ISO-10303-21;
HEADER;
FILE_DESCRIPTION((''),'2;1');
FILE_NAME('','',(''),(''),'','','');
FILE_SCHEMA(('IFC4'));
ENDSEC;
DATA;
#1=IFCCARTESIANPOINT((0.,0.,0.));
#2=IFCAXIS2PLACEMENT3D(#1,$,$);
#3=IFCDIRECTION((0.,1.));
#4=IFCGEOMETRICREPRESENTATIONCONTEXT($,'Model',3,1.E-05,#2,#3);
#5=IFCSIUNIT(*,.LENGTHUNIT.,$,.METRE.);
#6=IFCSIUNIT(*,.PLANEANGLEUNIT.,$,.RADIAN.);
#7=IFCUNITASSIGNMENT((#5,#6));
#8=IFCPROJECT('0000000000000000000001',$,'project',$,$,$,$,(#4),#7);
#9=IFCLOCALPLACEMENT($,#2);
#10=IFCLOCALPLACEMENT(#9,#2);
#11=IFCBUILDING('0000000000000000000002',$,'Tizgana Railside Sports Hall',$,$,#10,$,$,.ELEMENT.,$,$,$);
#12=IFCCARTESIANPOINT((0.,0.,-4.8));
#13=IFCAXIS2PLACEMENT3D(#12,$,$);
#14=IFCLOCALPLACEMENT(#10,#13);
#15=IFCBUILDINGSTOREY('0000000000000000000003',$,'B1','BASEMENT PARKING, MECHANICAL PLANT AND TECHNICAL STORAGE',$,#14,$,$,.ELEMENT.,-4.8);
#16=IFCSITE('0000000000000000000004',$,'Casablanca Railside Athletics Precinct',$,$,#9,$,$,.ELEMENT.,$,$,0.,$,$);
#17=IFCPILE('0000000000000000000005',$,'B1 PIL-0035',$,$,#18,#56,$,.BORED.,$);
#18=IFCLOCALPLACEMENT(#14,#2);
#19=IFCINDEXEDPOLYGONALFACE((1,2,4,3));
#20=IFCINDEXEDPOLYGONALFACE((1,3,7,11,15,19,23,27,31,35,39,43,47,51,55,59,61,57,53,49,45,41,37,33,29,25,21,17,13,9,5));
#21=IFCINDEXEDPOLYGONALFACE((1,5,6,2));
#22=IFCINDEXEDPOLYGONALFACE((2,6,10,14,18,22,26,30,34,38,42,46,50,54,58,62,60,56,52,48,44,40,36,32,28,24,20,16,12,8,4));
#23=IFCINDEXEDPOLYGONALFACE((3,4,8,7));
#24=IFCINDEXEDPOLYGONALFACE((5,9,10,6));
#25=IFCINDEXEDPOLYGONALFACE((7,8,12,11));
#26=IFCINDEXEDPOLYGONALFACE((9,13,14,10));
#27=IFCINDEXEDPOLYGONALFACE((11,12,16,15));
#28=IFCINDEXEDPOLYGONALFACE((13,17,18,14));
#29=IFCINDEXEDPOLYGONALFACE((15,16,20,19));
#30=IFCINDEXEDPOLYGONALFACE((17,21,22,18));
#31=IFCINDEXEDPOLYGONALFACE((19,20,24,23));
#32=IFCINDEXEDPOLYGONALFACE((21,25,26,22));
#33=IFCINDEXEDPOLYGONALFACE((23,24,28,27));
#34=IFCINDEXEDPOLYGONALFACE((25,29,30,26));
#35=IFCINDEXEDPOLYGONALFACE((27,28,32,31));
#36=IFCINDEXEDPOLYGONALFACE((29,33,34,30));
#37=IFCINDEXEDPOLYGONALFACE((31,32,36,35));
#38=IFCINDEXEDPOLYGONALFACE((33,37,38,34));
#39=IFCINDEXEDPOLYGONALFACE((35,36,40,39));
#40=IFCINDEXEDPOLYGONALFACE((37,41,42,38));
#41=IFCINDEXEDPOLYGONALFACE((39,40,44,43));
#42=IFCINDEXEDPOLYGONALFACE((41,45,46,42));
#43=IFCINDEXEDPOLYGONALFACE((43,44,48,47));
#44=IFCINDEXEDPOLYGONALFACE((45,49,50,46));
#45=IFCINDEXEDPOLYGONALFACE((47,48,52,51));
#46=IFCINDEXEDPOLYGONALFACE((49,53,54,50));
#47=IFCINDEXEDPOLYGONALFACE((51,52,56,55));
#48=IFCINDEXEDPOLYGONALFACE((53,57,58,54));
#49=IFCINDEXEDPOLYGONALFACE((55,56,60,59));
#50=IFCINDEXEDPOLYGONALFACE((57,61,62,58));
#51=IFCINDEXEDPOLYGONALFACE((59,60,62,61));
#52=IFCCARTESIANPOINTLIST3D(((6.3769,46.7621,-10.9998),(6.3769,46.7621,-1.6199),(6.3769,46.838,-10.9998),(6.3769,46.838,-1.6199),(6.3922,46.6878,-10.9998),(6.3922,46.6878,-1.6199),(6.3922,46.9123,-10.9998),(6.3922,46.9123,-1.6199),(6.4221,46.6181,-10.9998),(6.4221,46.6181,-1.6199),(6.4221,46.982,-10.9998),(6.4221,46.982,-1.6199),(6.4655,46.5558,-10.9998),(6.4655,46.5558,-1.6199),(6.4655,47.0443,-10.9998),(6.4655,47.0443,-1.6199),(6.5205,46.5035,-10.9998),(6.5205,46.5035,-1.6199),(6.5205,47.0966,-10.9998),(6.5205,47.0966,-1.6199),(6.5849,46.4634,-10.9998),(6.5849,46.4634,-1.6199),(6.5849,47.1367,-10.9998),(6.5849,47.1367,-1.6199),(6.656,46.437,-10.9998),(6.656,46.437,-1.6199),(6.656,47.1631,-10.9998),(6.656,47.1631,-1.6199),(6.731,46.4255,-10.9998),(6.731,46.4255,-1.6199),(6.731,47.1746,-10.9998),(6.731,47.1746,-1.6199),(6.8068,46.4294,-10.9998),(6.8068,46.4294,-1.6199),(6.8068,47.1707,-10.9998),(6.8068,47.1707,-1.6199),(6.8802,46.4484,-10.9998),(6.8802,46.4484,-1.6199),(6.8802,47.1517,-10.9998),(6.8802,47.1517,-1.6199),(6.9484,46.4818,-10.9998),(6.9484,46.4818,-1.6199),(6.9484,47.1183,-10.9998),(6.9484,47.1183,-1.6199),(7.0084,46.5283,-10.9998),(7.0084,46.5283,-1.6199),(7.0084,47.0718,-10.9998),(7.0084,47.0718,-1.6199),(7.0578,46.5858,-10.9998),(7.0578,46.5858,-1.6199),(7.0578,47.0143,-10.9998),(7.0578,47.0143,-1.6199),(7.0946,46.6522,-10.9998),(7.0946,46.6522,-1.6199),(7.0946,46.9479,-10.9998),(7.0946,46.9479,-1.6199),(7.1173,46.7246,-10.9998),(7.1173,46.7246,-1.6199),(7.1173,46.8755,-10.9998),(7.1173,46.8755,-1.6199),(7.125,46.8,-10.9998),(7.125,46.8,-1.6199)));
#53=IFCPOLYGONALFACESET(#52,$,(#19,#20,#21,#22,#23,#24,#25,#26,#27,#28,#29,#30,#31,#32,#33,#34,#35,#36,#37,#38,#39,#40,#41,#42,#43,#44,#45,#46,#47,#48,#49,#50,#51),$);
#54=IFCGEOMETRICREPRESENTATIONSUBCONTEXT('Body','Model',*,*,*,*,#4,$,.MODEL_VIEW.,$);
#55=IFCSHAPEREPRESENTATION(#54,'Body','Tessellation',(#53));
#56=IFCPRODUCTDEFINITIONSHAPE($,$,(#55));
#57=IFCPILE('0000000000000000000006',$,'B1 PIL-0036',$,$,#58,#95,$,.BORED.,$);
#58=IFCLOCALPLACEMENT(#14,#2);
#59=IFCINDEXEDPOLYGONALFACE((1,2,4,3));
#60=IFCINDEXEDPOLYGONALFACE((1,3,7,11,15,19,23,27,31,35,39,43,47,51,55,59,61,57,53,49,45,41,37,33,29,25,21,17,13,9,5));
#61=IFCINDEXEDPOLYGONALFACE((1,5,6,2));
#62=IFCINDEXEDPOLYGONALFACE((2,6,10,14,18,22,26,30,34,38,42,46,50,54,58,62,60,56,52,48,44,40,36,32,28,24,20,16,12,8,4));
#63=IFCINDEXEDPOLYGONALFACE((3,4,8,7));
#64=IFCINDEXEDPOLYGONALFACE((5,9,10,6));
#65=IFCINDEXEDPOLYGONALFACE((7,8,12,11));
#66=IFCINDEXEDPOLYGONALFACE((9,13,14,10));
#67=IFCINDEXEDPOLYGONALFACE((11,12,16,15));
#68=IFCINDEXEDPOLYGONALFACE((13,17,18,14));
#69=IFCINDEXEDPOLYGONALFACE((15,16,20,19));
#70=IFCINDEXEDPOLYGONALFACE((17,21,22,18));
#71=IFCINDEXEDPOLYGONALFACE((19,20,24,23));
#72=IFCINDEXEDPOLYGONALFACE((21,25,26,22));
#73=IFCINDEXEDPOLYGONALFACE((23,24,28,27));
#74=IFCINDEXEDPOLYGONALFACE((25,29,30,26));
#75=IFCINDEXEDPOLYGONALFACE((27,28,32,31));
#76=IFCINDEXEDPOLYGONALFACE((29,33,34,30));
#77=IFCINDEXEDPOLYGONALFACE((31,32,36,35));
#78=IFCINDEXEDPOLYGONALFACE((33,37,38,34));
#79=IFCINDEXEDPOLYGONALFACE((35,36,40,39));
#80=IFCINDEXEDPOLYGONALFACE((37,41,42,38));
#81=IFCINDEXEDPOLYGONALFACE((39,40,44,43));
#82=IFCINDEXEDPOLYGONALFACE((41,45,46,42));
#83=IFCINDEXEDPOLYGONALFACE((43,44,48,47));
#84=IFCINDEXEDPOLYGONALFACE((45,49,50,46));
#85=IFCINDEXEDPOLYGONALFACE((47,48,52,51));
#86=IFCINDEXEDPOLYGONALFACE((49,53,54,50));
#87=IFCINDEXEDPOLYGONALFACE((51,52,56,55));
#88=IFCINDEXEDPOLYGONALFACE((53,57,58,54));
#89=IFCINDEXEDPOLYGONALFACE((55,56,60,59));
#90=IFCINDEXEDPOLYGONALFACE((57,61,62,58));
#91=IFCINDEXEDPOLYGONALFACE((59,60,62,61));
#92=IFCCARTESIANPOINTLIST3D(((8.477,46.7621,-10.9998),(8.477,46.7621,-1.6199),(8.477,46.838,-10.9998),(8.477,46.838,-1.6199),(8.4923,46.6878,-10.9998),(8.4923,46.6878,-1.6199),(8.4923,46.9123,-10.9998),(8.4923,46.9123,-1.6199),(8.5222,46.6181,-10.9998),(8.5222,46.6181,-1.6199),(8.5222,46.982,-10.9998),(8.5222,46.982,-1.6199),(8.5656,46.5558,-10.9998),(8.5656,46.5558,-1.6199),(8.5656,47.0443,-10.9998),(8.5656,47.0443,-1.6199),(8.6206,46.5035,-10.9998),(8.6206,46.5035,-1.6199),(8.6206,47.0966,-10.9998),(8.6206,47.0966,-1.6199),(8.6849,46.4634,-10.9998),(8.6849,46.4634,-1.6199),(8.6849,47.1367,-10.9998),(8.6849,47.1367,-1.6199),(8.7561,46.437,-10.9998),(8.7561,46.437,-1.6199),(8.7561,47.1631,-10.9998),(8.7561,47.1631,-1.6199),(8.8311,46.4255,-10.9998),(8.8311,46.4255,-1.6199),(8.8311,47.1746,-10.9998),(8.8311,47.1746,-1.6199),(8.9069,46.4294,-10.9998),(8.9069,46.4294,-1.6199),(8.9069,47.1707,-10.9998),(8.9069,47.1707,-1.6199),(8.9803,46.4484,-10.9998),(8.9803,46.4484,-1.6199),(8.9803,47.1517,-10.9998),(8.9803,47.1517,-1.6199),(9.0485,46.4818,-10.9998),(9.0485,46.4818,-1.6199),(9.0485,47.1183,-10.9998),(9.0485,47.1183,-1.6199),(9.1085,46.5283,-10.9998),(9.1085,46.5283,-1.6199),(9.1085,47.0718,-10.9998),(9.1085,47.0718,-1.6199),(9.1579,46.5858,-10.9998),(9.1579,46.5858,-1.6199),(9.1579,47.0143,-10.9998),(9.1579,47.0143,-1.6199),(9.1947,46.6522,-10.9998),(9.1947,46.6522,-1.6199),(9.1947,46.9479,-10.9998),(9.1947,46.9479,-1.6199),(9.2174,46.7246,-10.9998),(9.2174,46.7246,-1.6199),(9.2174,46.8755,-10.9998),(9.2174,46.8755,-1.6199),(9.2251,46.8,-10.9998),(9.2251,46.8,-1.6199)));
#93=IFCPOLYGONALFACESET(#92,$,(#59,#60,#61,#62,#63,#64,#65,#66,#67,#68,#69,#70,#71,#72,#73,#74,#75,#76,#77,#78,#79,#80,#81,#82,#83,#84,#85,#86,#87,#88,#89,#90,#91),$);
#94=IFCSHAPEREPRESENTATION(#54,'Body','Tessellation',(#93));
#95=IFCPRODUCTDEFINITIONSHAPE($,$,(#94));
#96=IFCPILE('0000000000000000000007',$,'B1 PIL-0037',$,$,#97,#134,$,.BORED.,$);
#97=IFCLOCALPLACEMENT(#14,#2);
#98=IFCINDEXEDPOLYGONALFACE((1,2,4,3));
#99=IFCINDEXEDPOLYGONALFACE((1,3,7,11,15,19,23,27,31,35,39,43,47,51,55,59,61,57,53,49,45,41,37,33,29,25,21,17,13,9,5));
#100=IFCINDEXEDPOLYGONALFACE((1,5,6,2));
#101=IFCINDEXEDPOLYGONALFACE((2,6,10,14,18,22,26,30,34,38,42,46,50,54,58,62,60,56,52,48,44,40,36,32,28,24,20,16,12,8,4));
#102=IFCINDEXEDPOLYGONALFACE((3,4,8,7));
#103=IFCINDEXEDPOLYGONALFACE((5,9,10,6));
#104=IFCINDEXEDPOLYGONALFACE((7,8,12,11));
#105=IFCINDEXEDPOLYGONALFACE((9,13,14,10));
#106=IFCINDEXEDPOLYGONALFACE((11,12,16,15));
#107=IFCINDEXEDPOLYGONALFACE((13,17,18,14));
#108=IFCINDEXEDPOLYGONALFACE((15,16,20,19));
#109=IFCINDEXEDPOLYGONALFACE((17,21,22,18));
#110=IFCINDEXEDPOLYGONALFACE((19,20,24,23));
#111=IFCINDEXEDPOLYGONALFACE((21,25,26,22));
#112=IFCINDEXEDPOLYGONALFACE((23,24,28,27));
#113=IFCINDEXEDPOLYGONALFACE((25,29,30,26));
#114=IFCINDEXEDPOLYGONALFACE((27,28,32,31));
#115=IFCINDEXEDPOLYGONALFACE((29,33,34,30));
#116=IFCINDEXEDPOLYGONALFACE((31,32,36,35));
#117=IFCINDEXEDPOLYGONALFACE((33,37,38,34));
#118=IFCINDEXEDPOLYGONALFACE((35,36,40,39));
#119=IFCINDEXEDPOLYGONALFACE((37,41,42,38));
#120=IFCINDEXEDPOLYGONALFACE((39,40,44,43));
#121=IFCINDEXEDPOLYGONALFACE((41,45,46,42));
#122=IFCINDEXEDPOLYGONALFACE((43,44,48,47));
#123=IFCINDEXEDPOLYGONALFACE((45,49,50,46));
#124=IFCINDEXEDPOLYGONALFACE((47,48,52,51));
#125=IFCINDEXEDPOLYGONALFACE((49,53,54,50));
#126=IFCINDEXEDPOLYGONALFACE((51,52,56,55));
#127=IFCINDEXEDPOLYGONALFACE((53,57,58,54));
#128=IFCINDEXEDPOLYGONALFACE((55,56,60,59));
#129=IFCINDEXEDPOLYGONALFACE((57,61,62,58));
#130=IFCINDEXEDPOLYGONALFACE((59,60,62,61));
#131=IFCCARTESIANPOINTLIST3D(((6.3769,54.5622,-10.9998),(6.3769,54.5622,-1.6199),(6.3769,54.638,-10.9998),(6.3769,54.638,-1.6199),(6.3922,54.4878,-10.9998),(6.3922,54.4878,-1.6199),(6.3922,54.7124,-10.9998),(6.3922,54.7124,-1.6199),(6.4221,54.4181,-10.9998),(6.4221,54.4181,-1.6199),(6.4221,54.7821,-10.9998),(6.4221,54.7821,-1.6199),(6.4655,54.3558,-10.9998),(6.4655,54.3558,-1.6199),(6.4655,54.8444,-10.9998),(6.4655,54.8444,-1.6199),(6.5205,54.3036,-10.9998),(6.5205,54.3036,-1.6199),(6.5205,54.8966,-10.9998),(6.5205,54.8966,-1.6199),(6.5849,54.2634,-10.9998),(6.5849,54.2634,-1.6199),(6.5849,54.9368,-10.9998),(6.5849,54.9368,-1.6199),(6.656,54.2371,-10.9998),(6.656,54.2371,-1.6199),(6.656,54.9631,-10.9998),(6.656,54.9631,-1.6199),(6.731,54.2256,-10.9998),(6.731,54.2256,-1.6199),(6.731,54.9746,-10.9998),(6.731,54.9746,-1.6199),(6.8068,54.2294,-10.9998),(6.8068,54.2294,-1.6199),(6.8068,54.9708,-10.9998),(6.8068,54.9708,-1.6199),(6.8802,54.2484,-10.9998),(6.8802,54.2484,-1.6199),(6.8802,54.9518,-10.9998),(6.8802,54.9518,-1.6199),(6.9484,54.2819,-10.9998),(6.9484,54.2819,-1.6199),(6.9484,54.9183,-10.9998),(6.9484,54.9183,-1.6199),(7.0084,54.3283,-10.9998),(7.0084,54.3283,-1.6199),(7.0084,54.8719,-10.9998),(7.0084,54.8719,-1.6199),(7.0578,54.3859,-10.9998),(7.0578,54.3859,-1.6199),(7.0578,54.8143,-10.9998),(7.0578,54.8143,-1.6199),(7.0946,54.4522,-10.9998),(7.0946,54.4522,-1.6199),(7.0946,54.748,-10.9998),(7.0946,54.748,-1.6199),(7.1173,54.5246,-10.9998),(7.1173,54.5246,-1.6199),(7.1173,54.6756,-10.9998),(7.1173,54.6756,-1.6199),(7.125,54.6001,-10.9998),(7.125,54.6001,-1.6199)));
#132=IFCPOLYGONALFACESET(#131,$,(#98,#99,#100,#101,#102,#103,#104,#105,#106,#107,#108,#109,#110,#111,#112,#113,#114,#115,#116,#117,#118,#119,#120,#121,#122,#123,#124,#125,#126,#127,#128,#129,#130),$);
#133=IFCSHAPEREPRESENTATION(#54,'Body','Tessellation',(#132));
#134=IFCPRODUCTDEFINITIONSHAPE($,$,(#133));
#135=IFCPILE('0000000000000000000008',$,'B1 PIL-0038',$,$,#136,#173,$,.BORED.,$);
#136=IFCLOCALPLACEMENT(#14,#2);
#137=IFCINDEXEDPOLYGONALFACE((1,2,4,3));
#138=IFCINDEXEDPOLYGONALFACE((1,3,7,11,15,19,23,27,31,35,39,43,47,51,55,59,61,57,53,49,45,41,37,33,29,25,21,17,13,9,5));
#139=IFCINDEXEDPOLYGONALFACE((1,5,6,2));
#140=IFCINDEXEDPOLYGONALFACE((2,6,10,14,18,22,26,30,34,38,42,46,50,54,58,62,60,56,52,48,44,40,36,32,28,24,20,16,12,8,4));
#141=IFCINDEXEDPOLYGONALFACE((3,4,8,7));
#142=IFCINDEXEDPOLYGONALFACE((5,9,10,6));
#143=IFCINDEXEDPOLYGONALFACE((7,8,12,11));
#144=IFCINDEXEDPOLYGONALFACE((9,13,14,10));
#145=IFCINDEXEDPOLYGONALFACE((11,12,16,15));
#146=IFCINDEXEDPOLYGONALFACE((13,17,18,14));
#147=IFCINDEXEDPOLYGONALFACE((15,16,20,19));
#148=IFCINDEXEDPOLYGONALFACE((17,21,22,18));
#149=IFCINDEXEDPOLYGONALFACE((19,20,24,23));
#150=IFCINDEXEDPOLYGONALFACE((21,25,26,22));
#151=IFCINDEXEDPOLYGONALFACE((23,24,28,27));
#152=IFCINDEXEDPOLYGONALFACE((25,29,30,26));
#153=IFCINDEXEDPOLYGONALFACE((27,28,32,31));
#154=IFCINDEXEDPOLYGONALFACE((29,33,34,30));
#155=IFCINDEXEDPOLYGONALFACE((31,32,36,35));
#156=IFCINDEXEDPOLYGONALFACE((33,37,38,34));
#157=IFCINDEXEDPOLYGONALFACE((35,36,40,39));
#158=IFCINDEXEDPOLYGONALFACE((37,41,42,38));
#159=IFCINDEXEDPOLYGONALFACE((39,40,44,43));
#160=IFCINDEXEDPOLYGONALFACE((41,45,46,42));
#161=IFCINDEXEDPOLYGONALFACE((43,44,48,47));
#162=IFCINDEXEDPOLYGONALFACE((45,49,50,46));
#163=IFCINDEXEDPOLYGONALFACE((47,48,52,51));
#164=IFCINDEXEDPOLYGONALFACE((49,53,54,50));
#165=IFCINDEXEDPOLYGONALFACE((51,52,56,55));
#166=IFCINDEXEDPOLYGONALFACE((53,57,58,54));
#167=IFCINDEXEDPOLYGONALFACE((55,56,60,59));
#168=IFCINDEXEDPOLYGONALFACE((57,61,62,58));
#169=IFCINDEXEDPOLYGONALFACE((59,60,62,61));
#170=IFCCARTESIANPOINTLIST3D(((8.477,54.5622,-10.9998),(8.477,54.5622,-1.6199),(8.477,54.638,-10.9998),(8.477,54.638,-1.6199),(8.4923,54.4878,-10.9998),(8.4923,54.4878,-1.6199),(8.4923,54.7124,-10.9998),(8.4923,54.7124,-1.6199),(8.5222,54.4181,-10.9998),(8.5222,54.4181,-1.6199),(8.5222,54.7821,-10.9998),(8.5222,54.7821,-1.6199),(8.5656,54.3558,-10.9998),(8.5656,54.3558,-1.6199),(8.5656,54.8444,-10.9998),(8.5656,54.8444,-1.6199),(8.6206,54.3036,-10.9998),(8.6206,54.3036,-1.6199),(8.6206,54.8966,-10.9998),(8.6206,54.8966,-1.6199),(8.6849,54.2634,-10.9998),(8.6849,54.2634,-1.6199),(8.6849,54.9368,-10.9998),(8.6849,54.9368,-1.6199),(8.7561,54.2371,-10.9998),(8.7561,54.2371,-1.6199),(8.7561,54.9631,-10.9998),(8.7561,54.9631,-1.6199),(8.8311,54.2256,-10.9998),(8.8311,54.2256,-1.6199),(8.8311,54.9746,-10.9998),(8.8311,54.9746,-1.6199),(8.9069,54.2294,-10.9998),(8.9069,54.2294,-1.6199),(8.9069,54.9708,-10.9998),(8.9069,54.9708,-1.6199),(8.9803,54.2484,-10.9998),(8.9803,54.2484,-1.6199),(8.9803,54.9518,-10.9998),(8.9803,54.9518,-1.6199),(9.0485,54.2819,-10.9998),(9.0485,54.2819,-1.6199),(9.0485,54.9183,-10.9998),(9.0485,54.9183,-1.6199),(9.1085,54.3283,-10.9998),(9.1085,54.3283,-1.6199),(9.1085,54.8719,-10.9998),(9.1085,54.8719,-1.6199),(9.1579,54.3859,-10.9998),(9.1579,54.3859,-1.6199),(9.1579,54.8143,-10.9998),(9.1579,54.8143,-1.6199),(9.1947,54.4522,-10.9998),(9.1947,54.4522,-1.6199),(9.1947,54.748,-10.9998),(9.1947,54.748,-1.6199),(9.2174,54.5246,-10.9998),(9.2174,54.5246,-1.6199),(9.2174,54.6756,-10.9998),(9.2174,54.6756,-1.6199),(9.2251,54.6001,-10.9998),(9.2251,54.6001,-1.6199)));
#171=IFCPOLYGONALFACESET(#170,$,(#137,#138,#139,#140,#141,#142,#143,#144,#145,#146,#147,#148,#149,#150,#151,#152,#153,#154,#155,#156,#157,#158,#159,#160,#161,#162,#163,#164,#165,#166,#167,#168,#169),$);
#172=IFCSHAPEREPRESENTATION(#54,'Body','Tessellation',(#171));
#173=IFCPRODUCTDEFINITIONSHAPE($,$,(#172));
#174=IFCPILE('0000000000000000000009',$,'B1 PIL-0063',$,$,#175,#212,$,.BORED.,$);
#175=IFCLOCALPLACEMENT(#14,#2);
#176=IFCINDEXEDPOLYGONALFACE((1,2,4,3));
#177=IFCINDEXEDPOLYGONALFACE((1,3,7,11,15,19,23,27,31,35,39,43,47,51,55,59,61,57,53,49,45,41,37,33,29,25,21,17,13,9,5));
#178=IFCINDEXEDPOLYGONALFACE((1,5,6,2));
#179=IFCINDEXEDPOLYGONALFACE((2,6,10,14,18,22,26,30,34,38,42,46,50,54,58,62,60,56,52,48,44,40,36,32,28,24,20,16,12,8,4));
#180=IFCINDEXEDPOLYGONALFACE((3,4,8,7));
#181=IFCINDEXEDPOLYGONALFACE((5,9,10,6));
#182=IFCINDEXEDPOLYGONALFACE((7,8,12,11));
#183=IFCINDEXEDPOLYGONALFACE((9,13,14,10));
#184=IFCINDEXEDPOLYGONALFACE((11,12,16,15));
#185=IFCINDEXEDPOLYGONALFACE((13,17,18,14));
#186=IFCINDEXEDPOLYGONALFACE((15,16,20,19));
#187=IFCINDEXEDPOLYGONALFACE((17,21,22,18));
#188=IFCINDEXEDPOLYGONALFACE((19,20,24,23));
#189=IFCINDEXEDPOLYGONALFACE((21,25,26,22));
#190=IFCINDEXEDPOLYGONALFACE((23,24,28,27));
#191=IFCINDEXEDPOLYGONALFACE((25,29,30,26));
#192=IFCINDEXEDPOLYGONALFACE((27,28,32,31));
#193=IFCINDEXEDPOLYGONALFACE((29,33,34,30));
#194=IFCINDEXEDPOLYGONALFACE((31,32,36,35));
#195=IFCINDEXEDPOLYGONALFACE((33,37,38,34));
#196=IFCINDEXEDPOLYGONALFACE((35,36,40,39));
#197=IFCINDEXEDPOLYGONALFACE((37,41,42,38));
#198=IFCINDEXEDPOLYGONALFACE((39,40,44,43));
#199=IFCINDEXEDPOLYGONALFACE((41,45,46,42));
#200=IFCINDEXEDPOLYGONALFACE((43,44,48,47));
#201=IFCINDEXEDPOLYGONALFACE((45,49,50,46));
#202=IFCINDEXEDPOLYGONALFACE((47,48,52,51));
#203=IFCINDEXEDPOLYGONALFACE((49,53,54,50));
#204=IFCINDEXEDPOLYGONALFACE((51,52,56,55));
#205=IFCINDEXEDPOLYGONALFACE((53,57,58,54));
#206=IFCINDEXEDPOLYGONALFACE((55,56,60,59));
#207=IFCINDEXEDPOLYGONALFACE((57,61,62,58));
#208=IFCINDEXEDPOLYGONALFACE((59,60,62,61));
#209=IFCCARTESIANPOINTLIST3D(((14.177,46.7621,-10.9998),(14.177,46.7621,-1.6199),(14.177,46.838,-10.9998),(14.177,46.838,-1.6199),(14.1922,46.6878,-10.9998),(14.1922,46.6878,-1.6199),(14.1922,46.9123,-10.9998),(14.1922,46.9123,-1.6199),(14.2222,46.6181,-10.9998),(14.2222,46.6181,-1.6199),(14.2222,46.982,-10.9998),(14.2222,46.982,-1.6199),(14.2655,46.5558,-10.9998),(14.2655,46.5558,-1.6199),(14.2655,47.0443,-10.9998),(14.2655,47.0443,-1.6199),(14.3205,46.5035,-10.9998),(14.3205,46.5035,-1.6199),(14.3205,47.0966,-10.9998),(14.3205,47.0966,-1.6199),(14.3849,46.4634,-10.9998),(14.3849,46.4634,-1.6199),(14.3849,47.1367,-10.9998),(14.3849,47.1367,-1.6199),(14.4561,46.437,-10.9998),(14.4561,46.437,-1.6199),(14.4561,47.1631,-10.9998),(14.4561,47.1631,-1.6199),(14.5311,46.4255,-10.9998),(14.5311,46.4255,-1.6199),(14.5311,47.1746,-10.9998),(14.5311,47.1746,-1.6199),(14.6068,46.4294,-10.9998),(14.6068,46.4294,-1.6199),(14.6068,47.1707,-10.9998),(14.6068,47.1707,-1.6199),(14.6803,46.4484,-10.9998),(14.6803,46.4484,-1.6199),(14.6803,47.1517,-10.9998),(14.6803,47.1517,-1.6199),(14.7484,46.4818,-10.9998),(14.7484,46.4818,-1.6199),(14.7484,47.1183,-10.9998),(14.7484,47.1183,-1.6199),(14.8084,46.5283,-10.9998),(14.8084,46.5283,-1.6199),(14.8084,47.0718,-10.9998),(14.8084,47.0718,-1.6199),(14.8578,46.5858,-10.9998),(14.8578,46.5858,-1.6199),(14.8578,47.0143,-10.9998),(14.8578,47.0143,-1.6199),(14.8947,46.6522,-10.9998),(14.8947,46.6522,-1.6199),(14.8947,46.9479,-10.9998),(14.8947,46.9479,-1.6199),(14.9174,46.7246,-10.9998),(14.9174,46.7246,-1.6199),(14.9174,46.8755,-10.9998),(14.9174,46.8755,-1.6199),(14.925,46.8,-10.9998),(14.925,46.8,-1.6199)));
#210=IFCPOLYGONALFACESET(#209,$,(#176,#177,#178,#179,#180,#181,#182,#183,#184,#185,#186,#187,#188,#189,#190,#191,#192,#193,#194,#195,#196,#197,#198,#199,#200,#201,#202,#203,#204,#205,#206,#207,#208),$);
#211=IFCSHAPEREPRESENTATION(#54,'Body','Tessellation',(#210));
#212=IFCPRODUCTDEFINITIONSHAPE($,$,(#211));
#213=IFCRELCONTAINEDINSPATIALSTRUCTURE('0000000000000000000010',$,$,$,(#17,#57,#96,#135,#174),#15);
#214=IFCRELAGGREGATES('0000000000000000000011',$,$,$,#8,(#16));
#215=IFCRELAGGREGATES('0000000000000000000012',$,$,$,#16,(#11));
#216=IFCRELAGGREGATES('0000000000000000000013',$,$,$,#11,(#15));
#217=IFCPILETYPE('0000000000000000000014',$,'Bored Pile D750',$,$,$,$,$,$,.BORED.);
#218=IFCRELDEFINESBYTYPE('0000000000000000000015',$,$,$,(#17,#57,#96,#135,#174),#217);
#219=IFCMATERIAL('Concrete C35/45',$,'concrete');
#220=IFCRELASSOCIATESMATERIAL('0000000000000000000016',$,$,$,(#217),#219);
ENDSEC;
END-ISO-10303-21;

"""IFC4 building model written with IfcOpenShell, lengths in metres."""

from ifc_helpers import new_model, si_unit, direction, frame, origin, origin_2d, place, context, subcontext, project, spatial, circle, extrude, material, material_profile, profile_set, type_object, element, save


model = new_model("IFC4")

# Units and contexts
model_context = context("Model", 3, precision=1e-05, world=origin(), true_north=direction((0.0, 1.0)))
body_context = subcontext(model_context, "Body", "Model", "MODEL_VIEW")
ifc_project = project(units=[si_unit("LENGTHUNIT", "METRE"), si_unit("PLANEANGLEUNIT", "RADIAN")], contexts=[model_context])

# Site, building, storey
site_placement = place(None, origin())
site = spatial("IfcSite", under=ifc_project, at=site_placement, Name="Casablanca Railside Athletics Precinct", CompositionType="ELEMENT", RefElevation=0.0)
building_placement = place(site_placement, origin())
building = spatial("IfcBuilding", under=site, at=building_placement, Name="Tizgana Railside Sports Hall", CompositionType="ELEMENT")
storey_placement = place(building_placement, frame((0.0, 0.0, -4.8)))
storey = spatial("IfcBuildingStorey", under=building, at=storey_placement, Name="B1", Description="BASEMENT PARKING, MECHANICAL PLANT AND TECHNICAL STORAGE", CompositionType="ELEMENT", Elevation=-4.8)

# Piles
ifc_material_1 = material(Name="Concrete C35/45", Category="concrete")
ifc_material_profile_1 = material_profile(ifc_material_1, circle(Radius=0.375, at=origin_2d()), Name="PILE D750")
ifc_profile_set_1 = profile_set([ifc_material_profile_1], Name="Concrete C35/45")
pile_type_1 = type_object("IfcPileType", Name="Bored Pile D750", PredefinedType="BORED", material=ifc_profile_set_1)
for number, where, z_axis, x_axis, name in (
    (1, (6.75, 46.8, -1.6199), (0.0, 0.0, -1.0), (1.0, 0.0, 0.0), "B1 PIL-0035"),
    (2, (8.8501, 46.8, -1.6199), (0.0, 0.0, -1.0), (1.0, 0.0, 0.0), "B1 PIL-0036"),
    (3, (6.75, 54.6001, -1.6199), (0.0, 0.0, -1.0), (1.0, 0.0, 0.0), "B1 PIL-0037"),
    (4, (8.8501, 54.6001, -1.6199), (0.0, 0.0, -1.0), (1.0, 0.0, 0.0), "B1 PIL-0038"),
    (5, (14.55, 46.8, -1.6199), (0.0, 0.0, -1.0), (1.0, 0.0, 0.0), "B1 PIL-0063"),
):
    element("IfcPile", number, at=place(storey_placement, frame(where, z_axis=z_axis, x_axis=x_axis)), inside=storey, type_object=pile_type_1, Name=name, PredefinedType="BORED", context=body_context, shape_type="SweptSolid", body=[
        extrude(circle(Radius=0.375, at=origin_2d()), origin(), (0.0, 0.0, 1.0), 9.3799),
    ])

save(model, "model.ifc")
